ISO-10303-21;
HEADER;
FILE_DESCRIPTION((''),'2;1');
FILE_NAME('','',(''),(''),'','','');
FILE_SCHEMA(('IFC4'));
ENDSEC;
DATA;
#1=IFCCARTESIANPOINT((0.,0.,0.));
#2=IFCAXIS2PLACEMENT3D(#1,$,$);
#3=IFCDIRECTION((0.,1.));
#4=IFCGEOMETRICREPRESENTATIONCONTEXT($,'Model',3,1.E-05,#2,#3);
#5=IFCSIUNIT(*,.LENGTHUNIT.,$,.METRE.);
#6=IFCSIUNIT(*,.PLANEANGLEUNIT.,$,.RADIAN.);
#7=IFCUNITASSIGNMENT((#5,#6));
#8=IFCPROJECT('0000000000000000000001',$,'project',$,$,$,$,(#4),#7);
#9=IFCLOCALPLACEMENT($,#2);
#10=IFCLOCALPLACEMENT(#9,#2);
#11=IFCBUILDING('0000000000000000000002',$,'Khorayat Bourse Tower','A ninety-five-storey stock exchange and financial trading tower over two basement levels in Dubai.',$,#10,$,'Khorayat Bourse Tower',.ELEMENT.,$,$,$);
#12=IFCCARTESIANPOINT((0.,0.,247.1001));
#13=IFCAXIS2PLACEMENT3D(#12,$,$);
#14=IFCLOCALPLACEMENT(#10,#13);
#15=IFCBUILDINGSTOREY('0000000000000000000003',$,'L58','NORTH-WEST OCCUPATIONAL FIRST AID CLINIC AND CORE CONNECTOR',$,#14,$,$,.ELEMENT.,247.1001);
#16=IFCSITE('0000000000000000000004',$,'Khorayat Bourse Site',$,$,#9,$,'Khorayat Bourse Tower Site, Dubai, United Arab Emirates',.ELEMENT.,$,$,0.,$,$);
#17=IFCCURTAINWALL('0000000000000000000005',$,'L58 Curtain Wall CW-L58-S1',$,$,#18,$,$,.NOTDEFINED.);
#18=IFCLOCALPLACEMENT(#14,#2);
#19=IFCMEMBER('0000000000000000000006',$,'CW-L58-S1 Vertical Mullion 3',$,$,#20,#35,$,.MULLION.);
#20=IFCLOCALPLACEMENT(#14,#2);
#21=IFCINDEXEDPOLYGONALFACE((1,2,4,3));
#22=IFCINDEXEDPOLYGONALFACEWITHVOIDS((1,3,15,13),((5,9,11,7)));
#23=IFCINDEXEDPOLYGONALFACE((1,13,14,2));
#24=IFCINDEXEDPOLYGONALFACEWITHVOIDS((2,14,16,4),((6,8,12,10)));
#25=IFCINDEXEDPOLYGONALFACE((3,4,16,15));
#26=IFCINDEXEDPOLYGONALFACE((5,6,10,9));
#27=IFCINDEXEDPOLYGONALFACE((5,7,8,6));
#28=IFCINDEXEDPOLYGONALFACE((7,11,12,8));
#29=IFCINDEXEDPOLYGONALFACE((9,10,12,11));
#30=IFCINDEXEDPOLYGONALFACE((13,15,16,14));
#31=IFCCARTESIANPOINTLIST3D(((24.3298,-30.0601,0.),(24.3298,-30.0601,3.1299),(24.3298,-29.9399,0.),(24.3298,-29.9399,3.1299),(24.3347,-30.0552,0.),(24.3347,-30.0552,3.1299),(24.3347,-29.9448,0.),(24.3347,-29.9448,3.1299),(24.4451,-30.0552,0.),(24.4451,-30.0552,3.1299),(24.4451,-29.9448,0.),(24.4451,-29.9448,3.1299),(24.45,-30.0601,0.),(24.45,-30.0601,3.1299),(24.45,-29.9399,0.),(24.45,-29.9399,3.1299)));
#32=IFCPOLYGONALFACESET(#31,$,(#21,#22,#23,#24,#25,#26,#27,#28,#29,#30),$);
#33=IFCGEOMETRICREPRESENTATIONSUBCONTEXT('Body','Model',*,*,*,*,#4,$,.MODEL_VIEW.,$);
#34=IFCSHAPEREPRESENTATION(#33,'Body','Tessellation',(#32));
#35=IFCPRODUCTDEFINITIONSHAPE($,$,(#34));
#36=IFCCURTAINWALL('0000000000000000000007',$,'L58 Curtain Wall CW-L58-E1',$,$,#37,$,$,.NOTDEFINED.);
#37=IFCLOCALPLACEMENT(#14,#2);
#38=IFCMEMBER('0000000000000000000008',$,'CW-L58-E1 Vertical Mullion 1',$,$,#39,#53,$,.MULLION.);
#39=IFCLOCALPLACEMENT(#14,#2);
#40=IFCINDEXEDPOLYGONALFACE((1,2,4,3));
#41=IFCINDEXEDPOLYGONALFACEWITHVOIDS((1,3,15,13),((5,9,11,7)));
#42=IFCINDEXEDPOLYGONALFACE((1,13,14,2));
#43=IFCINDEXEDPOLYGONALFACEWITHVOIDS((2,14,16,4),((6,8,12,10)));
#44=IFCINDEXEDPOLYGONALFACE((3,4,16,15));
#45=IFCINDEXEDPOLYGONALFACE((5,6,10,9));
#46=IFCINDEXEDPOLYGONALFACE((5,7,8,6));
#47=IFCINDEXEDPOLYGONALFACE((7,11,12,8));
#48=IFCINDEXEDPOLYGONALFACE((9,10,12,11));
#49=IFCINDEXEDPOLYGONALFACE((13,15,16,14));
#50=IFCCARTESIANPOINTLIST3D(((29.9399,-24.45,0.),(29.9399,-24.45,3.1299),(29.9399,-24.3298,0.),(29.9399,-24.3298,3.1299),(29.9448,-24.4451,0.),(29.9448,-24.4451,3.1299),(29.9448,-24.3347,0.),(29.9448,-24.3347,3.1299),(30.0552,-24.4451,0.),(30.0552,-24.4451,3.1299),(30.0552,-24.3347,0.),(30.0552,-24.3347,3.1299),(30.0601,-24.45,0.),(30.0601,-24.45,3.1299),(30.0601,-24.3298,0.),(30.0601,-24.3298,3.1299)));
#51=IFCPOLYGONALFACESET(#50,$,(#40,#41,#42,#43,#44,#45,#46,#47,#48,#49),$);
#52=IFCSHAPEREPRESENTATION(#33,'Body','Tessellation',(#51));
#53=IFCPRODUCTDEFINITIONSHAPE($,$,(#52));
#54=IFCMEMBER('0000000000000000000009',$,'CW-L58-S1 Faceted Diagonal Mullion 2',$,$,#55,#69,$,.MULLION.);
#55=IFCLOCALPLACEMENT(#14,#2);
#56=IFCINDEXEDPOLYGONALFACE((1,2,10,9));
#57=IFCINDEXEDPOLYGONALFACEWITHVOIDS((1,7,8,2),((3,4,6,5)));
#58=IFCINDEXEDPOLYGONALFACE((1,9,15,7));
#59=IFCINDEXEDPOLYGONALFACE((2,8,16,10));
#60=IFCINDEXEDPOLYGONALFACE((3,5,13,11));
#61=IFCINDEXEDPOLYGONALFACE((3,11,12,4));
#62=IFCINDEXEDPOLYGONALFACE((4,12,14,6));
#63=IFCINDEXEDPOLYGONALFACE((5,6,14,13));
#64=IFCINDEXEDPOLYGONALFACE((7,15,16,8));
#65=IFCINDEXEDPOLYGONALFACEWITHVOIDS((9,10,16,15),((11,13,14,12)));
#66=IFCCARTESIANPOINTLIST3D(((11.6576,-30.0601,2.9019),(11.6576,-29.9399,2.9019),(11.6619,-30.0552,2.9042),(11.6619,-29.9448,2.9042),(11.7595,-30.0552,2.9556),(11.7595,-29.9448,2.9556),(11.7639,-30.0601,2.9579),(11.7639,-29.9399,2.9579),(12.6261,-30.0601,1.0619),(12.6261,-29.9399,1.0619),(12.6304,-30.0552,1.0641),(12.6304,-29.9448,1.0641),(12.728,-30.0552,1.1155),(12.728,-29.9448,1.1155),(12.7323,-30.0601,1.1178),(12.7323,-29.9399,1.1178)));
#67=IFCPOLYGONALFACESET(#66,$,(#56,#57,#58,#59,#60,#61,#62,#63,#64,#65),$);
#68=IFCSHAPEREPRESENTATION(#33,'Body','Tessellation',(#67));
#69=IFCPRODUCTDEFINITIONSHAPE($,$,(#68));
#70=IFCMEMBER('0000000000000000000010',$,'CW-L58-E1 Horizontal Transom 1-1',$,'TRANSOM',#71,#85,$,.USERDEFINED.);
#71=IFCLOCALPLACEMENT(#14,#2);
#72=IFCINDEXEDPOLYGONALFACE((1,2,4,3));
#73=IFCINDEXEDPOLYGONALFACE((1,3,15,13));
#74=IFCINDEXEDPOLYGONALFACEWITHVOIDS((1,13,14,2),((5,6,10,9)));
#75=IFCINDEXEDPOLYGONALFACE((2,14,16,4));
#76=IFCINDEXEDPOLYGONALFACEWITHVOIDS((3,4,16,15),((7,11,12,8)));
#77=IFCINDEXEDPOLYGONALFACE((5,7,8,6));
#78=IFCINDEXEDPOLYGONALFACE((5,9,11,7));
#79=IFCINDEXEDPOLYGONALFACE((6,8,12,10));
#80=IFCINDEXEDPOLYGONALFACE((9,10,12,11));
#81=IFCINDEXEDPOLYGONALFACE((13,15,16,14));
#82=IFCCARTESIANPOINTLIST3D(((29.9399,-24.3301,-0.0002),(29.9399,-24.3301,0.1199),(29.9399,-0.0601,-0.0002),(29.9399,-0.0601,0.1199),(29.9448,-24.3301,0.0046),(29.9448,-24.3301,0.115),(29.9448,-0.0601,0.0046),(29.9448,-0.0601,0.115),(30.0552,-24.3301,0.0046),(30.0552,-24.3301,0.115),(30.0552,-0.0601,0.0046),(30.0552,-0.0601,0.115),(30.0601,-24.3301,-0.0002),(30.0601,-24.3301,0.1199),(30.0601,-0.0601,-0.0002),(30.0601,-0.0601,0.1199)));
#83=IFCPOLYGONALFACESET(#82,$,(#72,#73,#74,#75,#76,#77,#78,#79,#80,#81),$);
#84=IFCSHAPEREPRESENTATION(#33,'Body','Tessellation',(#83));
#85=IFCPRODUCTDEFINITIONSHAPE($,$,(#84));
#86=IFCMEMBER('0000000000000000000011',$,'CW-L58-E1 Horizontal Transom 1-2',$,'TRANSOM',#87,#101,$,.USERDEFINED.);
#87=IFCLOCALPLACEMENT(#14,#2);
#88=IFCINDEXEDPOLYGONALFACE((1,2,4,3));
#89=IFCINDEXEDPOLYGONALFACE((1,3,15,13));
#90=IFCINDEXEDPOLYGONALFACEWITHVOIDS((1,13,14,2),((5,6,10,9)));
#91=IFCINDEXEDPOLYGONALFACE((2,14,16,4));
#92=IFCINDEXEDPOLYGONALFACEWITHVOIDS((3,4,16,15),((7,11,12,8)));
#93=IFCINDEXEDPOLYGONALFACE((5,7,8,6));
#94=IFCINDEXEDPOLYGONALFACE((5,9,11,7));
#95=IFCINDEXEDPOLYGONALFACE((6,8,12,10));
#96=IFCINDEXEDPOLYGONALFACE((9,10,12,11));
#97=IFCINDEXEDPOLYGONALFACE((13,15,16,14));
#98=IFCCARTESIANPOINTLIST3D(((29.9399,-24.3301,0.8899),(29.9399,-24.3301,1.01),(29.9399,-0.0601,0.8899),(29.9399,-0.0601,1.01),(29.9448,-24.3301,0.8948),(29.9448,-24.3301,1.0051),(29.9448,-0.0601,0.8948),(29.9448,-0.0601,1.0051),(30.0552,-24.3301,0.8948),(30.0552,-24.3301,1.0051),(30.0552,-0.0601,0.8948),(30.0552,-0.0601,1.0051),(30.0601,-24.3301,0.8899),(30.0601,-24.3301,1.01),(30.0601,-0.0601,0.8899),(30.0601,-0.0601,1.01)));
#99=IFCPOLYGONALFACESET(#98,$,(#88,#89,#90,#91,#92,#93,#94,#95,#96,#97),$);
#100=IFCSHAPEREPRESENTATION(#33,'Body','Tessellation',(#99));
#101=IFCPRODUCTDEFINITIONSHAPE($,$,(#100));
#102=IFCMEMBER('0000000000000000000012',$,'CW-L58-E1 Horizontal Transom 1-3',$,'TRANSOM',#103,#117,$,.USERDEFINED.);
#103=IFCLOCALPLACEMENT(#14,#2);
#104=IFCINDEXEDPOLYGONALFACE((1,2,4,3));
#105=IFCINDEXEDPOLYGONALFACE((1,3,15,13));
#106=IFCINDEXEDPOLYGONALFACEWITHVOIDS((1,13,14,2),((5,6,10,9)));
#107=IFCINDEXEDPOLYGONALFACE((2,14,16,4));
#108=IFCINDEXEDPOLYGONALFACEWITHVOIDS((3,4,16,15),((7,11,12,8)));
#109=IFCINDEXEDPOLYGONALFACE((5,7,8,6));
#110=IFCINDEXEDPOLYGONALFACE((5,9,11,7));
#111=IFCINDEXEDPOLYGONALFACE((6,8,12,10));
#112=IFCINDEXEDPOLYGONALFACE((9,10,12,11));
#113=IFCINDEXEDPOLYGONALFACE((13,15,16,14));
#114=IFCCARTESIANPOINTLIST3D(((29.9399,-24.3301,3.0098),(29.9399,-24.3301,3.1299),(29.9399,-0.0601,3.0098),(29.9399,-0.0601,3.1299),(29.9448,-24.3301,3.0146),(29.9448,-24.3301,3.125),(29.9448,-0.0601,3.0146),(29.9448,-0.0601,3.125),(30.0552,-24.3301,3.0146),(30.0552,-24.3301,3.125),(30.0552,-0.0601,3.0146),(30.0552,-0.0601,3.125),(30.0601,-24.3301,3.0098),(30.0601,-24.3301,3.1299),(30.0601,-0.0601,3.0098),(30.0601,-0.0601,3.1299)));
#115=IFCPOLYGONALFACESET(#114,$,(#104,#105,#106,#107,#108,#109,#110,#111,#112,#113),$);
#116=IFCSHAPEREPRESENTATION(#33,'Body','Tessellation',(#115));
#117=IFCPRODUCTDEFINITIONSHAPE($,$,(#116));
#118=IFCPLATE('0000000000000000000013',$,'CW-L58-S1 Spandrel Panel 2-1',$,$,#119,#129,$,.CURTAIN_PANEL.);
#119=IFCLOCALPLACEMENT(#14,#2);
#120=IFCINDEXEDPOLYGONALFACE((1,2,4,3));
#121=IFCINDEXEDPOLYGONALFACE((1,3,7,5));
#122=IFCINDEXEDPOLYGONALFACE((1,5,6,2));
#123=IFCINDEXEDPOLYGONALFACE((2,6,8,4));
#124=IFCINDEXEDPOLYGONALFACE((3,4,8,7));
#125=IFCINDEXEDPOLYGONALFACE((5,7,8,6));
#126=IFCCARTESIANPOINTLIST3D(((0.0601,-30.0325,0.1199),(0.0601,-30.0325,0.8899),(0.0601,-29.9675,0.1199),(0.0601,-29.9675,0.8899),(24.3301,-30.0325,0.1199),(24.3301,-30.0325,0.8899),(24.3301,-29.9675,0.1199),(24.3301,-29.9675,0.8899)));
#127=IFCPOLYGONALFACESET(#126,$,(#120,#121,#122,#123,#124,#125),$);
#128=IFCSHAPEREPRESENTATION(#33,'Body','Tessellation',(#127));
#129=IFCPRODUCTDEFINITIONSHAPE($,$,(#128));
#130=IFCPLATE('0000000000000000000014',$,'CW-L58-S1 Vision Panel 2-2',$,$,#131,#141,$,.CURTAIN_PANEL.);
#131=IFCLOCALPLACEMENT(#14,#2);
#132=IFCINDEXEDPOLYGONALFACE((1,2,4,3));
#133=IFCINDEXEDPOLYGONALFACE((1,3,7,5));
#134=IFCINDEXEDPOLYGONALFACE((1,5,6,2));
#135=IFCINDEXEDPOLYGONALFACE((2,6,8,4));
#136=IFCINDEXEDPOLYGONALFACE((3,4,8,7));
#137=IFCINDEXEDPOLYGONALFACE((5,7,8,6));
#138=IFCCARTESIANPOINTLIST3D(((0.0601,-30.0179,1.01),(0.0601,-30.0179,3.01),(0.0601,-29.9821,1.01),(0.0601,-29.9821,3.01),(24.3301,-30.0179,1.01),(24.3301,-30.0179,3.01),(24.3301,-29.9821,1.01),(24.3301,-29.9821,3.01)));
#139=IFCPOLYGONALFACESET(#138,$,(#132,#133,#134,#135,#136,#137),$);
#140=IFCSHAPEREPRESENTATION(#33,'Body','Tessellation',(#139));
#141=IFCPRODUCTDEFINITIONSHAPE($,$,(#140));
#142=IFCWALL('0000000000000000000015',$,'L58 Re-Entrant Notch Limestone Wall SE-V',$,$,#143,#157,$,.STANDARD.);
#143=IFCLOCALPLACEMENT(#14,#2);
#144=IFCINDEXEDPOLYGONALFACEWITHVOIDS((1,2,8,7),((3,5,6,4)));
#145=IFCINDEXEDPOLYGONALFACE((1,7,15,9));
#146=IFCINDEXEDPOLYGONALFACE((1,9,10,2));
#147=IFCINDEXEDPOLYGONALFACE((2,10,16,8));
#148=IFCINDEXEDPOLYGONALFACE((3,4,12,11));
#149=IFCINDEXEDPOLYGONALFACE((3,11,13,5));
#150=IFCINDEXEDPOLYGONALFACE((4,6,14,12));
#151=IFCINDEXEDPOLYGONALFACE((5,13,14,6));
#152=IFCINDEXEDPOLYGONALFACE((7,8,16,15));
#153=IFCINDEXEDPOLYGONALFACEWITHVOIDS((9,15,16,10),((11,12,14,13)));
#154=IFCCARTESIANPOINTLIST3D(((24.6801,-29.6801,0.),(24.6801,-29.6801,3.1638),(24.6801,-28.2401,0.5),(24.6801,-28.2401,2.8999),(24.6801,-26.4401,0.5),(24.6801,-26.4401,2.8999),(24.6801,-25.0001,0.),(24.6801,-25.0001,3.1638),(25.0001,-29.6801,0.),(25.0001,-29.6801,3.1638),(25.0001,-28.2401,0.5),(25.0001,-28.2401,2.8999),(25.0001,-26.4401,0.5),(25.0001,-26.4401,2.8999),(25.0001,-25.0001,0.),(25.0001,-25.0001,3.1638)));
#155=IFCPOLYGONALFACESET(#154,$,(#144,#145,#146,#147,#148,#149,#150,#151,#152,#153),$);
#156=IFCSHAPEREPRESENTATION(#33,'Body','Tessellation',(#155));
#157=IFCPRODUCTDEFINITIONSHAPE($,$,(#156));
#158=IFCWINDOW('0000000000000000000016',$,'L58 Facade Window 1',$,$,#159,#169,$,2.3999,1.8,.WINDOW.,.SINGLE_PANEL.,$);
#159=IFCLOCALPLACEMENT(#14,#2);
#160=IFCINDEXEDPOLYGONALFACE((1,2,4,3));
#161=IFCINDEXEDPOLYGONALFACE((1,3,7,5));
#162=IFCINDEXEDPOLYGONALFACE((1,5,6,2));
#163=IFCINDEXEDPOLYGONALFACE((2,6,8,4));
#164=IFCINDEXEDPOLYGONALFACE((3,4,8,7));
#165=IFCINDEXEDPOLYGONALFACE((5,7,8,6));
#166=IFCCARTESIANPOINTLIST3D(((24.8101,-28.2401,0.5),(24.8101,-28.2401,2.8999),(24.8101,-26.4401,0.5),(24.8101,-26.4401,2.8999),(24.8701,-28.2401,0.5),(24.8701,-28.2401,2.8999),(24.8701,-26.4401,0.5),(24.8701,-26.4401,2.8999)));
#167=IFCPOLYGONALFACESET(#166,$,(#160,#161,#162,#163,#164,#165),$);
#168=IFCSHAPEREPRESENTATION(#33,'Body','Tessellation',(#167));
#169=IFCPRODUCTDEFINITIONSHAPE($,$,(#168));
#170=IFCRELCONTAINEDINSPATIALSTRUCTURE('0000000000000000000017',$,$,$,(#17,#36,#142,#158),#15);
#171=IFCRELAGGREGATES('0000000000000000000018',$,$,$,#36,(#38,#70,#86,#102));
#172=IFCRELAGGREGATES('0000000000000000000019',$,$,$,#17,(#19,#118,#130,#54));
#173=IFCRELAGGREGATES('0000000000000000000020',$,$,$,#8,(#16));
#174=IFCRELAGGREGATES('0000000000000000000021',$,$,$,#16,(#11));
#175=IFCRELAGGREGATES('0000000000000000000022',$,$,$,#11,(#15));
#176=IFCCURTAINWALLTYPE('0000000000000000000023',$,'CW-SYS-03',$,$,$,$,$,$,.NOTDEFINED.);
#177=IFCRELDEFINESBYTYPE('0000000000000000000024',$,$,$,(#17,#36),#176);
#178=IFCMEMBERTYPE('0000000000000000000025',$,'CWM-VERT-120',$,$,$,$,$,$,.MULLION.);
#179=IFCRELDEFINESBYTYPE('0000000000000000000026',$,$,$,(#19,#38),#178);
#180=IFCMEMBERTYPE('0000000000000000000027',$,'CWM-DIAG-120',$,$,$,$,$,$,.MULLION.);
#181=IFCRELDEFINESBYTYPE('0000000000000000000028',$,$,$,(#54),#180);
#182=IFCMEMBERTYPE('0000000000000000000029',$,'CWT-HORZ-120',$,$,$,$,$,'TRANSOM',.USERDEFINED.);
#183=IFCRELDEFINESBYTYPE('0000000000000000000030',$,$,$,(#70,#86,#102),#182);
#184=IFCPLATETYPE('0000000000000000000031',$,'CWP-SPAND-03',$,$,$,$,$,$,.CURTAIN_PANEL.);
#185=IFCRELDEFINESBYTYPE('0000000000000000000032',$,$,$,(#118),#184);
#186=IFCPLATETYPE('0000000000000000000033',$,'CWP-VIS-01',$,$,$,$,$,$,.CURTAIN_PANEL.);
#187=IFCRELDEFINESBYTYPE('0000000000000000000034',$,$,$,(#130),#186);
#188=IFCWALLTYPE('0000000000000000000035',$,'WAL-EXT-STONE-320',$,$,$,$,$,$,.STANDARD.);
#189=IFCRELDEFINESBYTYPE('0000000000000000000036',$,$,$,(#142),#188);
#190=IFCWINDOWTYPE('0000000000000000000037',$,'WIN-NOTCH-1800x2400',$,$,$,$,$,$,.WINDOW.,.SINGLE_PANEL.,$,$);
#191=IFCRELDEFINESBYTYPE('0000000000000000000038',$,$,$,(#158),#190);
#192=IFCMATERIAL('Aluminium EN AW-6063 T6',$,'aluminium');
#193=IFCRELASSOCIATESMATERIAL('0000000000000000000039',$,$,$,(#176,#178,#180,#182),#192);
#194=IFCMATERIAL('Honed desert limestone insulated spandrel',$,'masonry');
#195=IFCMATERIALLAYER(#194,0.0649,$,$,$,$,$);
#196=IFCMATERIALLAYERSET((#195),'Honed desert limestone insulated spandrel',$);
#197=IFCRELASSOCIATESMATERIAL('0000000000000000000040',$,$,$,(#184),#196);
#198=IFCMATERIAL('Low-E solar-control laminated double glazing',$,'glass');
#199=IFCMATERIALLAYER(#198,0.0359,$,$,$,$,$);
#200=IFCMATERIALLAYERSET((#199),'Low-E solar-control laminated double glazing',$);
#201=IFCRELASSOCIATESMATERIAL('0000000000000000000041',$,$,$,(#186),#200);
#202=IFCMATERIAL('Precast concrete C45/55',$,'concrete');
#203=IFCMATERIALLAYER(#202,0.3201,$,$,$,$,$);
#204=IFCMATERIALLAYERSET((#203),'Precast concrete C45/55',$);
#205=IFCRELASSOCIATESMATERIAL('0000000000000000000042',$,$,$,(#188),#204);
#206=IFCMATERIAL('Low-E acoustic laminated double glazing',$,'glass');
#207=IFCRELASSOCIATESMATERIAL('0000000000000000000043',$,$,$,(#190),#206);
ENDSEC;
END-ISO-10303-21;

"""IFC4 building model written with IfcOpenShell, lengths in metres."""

from ifc_helpers import new_model, si_unit, direction, frame, frame_2d, origin, origin_2d, place, context, subcontext, project, spatial, rectangle, hollow_rectangle, extrude, source, transform, mapped, material, layer, layer_set, material_profile, profile_set, type_object, element, fill, aggregate, save


model = new_model("IFC4")

# Units and contexts
model_context = context("Model", 3, precision=1e-05, world=origin(), true_north=direction((0.0, 1.0)))
body_context = subcontext(model_context, "Body", "Model", "MODEL_VIEW")
ifc_project = project(units=[si_unit("LENGTHUNIT", "METRE"), si_unit("PLANEANGLEUNIT", "RADIAN")], contexts=[model_context])

# Site, building, storey
site_placement = place(None, origin())
site = spatial("IfcSite", under=ifc_project, at=site_placement, Name="Khorayat Bourse Site", LongName="Khorayat Bourse Tower Site, Dubai, United Arab Emirates", CompositionType="ELEMENT", RefElevation=0.0)
building_placement = place(site_placement, origin())
building = spatial("IfcBuilding", under=site, at=building_placement, Name="Khorayat Bourse Tower", Description="A ninety-five-storey stock exchange and financial trading tower over two basement levels in Dubai.", LongName="Khorayat Bourse Tower", CompositionType="ELEMENT")
storey_placement = place(building_placement, frame((0.0, 0.0, 247.1001)))
storey = spatial("IfcBuildingStorey", under=building, at=storey_placement, Name="L58", Description="NORTH-WEST OCCUPATIONAL FIRST AID CLINIC AND CORE CONNECTOR", CompositionType="ELEMENT", Elevation=247.1001)

# Curtain walls, members
ifc_material_1 = material(Name="Aluminium EN AW-6063 T6", Category="aluminium")
curtain_wall_type = type_object("IfcCurtainWallType", Name="CW-SYS-03", PredefinedType="NOTDEFINED", material=ifc_material_1)
curtain_wall_1_placement = place(storey_placement, origin())
curtain_wall_1 = element("IfcCurtainWall", 1, at=curtain_wall_1_placement, inside=storey, type_object=curtain_wall_type, Name="L58 Curtain Wall CW-L58-S1", PredefinedType="NOTDEFINED")
ifc_material_profile_1 = material_profile(ifc_material_1, hollow_rectangle(XDim=0.1201, YDim=0.1201, WallThickness=0.0049, at=origin_2d()), Name="ALU 120x120x5")
ifc_profile_set_1 = profile_set([ifc_material_profile_1], Name="Aluminium EN AW-6063 T6")
member_type_1 = type_object("IfcMemberType", Name="CWM-VERT-120", PredefinedType="MULLION", material=ifc_profile_set_1)
shared_shape_1 = source(origin(), body_context, "Body", "SweptSolid", [
    extrude(hollow_rectangle(XDim=0.1201, YDim=0.1201, WallThickness=0.0049, at=origin_2d()), origin(), (0.0, 0.0, 1.0), 3.1299),
])
member_1_placement = place(storey_placement, frame((24.3899, -30.0, 0.0), z_axis=(0.0, 0.0, 1.0), x_axis=(0.0, 1.0, 0.0)))
member_1 = element("IfcMember", 2, at=member_1_placement, type_object=member_type_1, Name="CW-L58-S1 Vertical Mullion 3", PredefinedType="MULLION", context=body_context, shape_type="MappedRepresentation", body=[
    mapped(shared_shape_1, transform((0.0, 0.0, 0.0), scale=1.0)),
])
curtain_wall_2_placement = place(storey_placement, origin())
curtain_wall_2 = element("IfcCurtainWall", 3, at=curtain_wall_2_placement, inside=storey, type_object=curtain_wall_type, Name="L58 Curtain Wall CW-L58-E1", PredefinedType="NOTDEFINED")
member_2_placement = place(storey_placement, frame((30.0, -24.3899, 0.0), z_axis=(0.0, 0.0, 1.0), x_axis=(-1.0, 0.0, 0.0)))
member_2 = element("IfcMember", 4, at=member_2_placement, type_object=member_type_1, Name="CW-L58-E1 Vertical Mullion 1", PredefinedType="MULLION", context=body_context, shape_type="MappedRepresentation", body=[
    mapped(shared_shape_1, transform((0.0, 0.0, 0.0), scale=1.0)),
])

# Members
ifc_material_profile_2 = material_profile(ifc_material_1, hollow_rectangle(XDim=0.1201, YDim=0.1201, WallThickness=0.0049, at=origin_2d()), Name="ALU 120x120x5")
ifc_profile_set_2 = profile_set([ifc_material_profile_2], Name="Aluminium EN AW-6063 T6")
member_type_2 = type_object("IfcMemberType", Name="CWM-DIAG-120", PredefinedType="MULLION", material=ifc_profile_set_2)
shared_shape_2 = source(origin(), body_context, "Body", "SweptSolid", [
    extrude(hollow_rectangle(XDim=0.1201, YDim=0.1201, WallThickness=0.0049, at=origin_2d()), origin(), (0.0, 0.0, 1.0), 2.0793),
])
member_3_placement = place(storey_placement, frame((12.6792, -30.0, 1.0898), z_axis=(-0.465761, 0.0, 0.884911), x_axis=(0.0, -1.0, 0.0)))
member_3 = element("IfcMember", 5, at=member_3_placement, type_object=member_type_2, Name="CW-L58-S1 Faceted Diagonal Mullion 2", PredefinedType="MULLION", context=body_context, shape_type="MappedRepresentation", body=[
    mapped(shared_shape_2, transform((0.0, 0.0, 0.0), scale=1.0)),
])
ifc_material_profile_3 = material_profile(ifc_material_1, hollow_rectangle(XDim=0.1201, YDim=0.1201, WallThickness=0.0049, at=origin_2d()), Name="ALU 120x120x5")
ifc_profile_set_3 = profile_set([ifc_material_profile_3], Name="Aluminium EN AW-6063 T6")
member_type_3 = type_object("IfcMemberType", Name="CWT-HORZ-120", ElementType="TRANSOM", PredefinedType="USERDEFINED", material=ifc_profile_set_3)
shared_shape_3 = source(origin(), body_context, "Body", "SweptSolid", [
    extrude(hollow_rectangle(XDim=0.1201, YDim=0.1201, WallThickness=0.0049, at=origin_2d()), origin(), (0.0, 0.0, 1.0), 24.27),
])
member_4_placement = place(storey_placement, frame((30.0, -24.3301, 0.0598), z_axis=(0.0, 1.0, 0.0), x_axis=(-1.0, 0.0, 0.0)))
member_4 = element("IfcMember", 6, at=member_4_placement, type_object=member_type_3, Name="CW-L58-E1 Horizontal Transom 1-1", ObjectType="TRANSOM", PredefinedType="USERDEFINED", context=body_context, shape_type="MappedRepresentation", body=[
    mapped(shared_shape_3, transform((0.0, 0.0, 0.0), scale=1.0)),
])
member_5_placement = place(storey_placement, frame((30.0, -24.3301, 0.95), z_axis=(0.0, 1.0, 0.0), x_axis=(-1.0, 0.0, 0.0)))
member_5 = element("IfcMember", 7, at=member_5_placement, type_object=member_type_3, Name="CW-L58-E1 Horizontal Transom 1-2", ObjectType="TRANSOM", PredefinedType="USERDEFINED", context=body_context, shape_type="MappedRepresentation", body=[
    mapped(shared_shape_3, transform((0.0, 0.0, 0.0), scale=1.0)),
])
member_6_placement = place(storey_placement, frame((30.0, -24.3301, 3.0698), z_axis=(0.0, 1.0, 0.0), x_axis=(-1.0, 0.0, 0.0)))
member_6 = element("IfcMember", 8, at=member_6_placement, type_object=member_type_3, Name="CW-L58-E1 Horizontal Transom 1-3", ObjectType="TRANSOM", PredefinedType="USERDEFINED", context=body_context, shape_type="MappedRepresentation", body=[
    mapped(shared_shape_3, transform((0.0, 0.0, 0.0), scale=1.0)),
])
aggregate(curtain_wall_2, [member_2, member_4, member_5, member_6])

# Plates
ifc_material_2 = material(Name="Honed desert limestone insulated spandrel", Category="masonry")
ifc_layer_1 = layer(ifc_material_2, 0.0649)
ifc_layer_set_1 = layer_set([ifc_layer_1], Name="Honed desert limestone insulated spandrel")
plate_type_1 = type_object("IfcPlateType", Name="CWP-SPAND-03", PredefinedType="CURTAIN_PANEL", material=ifc_layer_set_1)
shared_shape_4 = source(origin(), body_context, "Body", "SweptSolid", [
    extrude(rectangle(XDim=24.27, YDim=0.0649, at=origin_2d()), origin(), (0.0, 0.0, 1.0), 0.77),
])
plate_1_placement = place(storey_placement, frame((12.1951, -30.0, 0.1199), z_axis=(0.0, 0.0, 1.0), x_axis=(1.0, 0.0, 0.0)))
plate_1 = element("IfcPlate", 9, at=plate_1_placement, type_object=plate_type_1, Name="CW-L58-S1 Spandrel Panel 2-1", PredefinedType="CURTAIN_PANEL", context=body_context, shape_type="MappedRepresentation", body=[
    mapped(shared_shape_4, transform((0.0, 0.0, 0.0), scale=1.0)),
])
ifc_material_3 = material(Name="Low-E solar-control laminated double glazing", Category="glass")
ifc_layer_2 = layer(ifc_material_3, 0.0359)
ifc_layer_set_2 = layer_set([ifc_layer_2], Name="Low-E solar-control laminated double glazing")
plate_type_2 = type_object("IfcPlateType", Name="CWP-VIS-01", PredefinedType="CURTAIN_PANEL", material=ifc_layer_set_2)
shared_shape_5 = source(origin(), body_context, "Body", "SweptSolid", [
    extrude(rectangle(XDim=24.27, YDim=0.0359, at=origin_2d()), origin(), (0.0, 0.0, 1.0), 2.0),
])
plate_2_placement = place(storey_placement, frame((12.1951, -30.0, 1.01), z_axis=(0.0, 0.0, 1.0), x_axis=(1.0, 0.0, 0.0)))
plate_2 = element("IfcPlate", 10, at=plate_2_placement, type_object=plate_type_2, Name="CW-L58-S1 Vision Panel 2-2", PredefinedType="CURTAIN_PANEL", context=body_context, shape_type="MappedRepresentation", body=[
    mapped(shared_shape_5, transform((0.0, 0.0, 0.0), scale=1.0)),
])
aggregate(curtain_wall_1, [member_1, plate_1, plate_2, member_3])

# Wall, opening, window
ifc_material_4 = material(Name="Precast concrete C45/55", Category="concrete")
ifc_layer_3 = layer(ifc_material_4, 0.3201)
ifc_layer_set_3 = layer_set([ifc_layer_3], Name="Precast concrete C45/55")
wall_type_1 = type_object("IfcWallType", Name="WAL-EXT-STONE-320", PredefinedType="STANDARD", material=ifc_layer_set_3)
shared_shape_6 = source(origin(), body_context, "Body", "SweptSolid", [
    extrude(rectangle(XDim=4.6799, YDim=0.3201, at=frame_2d((2.3398, 0.0))), origin(), (0.0, 0.0, 1.0), 3.1638),
])
wall_1_placement = place(storey_placement, frame((24.8401, -29.6799, 0.0), z_axis=(0.0, 0.0, 1.0), x_axis=(0.0, 1.0, 0.0)))
wall_1 = element("IfcWall", 11, at=wall_1_placement, inside=storey, type_object=wall_type_1, Name="L58 Re-Entrant Notch Limestone Wall SE-V", PredefinedType="STANDARD", context=body_context, shape_type="MappedRepresentation", body=[
    mapped(shared_shape_6, transform((0.0, 0.0, 0.0), scale=1.0)),
])
shared_shape_7 = source(origin(), body_context, "Body", "SweptSolid", [
    extrude(rectangle(XDim=1.8, YDim=2.3999, at=frame_2d((0.8999, 1.2))), frame((0.0, 0.1699, 0.0), z_axis=(0.0, -1.0, 0.0), x_axis=(1.0, 0.0, 0.0)), (0.0, 0.0, 1.0), 0.3401),
])
opening_1_placement = place(wall_1_placement, frame((1.4399, 0.0, 0.5)))
opening_1 = element("IfcOpeningElement", 12, at=opening_1_placement, cuts=wall_1, PredefinedType="OPENING", context=body_context, shape_type="MappedRepresentation", body=[
    mapped(shared_shape_7, transform((0.0, 0.0, 0.0), scale=1.0)),
])
ifc_material_5 = material(Name="Low-E acoustic laminated double glazing", Category="glass")
window_type = type_object("IfcWindowType", Name="WIN-NOTCH-1800x2400", PartitioningType="SINGLE_PANEL", PredefinedType="WINDOW", material=ifc_material_5)
shared_shape_8 = source(origin(), body_context, "Body", "SweptSolid", [
    extrude(rectangle(XDim=1.8, YDim=2.3999, at=frame_2d((0.8999, 1.2))), frame((0.0, 0.03, 0.0), z_axis=(0.0, -1.0, 0.0), x_axis=(1.0, 0.0, 0.0)), (0.0, 0.0, 1.0), 0.0601),
])
window_1_placement = place(opening_1_placement, origin())
window_1 = element("IfcWindow", 13, at=window_1_placement, inside=storey, type_object=window_type, Name="L58 Facade Window 1", OverallHeight=2.3999, OverallWidth=1.8, PartitioningType="SINGLE_PANEL", PredefinedType="WINDOW", context=body_context, shape_type="MappedRepresentation", body=[
    mapped(shared_shape_8, transform((0.0, 0.0, 0.0), scale=1.0)),
])
fill(opening_1, window_1)

save(model, "model.ifc")
